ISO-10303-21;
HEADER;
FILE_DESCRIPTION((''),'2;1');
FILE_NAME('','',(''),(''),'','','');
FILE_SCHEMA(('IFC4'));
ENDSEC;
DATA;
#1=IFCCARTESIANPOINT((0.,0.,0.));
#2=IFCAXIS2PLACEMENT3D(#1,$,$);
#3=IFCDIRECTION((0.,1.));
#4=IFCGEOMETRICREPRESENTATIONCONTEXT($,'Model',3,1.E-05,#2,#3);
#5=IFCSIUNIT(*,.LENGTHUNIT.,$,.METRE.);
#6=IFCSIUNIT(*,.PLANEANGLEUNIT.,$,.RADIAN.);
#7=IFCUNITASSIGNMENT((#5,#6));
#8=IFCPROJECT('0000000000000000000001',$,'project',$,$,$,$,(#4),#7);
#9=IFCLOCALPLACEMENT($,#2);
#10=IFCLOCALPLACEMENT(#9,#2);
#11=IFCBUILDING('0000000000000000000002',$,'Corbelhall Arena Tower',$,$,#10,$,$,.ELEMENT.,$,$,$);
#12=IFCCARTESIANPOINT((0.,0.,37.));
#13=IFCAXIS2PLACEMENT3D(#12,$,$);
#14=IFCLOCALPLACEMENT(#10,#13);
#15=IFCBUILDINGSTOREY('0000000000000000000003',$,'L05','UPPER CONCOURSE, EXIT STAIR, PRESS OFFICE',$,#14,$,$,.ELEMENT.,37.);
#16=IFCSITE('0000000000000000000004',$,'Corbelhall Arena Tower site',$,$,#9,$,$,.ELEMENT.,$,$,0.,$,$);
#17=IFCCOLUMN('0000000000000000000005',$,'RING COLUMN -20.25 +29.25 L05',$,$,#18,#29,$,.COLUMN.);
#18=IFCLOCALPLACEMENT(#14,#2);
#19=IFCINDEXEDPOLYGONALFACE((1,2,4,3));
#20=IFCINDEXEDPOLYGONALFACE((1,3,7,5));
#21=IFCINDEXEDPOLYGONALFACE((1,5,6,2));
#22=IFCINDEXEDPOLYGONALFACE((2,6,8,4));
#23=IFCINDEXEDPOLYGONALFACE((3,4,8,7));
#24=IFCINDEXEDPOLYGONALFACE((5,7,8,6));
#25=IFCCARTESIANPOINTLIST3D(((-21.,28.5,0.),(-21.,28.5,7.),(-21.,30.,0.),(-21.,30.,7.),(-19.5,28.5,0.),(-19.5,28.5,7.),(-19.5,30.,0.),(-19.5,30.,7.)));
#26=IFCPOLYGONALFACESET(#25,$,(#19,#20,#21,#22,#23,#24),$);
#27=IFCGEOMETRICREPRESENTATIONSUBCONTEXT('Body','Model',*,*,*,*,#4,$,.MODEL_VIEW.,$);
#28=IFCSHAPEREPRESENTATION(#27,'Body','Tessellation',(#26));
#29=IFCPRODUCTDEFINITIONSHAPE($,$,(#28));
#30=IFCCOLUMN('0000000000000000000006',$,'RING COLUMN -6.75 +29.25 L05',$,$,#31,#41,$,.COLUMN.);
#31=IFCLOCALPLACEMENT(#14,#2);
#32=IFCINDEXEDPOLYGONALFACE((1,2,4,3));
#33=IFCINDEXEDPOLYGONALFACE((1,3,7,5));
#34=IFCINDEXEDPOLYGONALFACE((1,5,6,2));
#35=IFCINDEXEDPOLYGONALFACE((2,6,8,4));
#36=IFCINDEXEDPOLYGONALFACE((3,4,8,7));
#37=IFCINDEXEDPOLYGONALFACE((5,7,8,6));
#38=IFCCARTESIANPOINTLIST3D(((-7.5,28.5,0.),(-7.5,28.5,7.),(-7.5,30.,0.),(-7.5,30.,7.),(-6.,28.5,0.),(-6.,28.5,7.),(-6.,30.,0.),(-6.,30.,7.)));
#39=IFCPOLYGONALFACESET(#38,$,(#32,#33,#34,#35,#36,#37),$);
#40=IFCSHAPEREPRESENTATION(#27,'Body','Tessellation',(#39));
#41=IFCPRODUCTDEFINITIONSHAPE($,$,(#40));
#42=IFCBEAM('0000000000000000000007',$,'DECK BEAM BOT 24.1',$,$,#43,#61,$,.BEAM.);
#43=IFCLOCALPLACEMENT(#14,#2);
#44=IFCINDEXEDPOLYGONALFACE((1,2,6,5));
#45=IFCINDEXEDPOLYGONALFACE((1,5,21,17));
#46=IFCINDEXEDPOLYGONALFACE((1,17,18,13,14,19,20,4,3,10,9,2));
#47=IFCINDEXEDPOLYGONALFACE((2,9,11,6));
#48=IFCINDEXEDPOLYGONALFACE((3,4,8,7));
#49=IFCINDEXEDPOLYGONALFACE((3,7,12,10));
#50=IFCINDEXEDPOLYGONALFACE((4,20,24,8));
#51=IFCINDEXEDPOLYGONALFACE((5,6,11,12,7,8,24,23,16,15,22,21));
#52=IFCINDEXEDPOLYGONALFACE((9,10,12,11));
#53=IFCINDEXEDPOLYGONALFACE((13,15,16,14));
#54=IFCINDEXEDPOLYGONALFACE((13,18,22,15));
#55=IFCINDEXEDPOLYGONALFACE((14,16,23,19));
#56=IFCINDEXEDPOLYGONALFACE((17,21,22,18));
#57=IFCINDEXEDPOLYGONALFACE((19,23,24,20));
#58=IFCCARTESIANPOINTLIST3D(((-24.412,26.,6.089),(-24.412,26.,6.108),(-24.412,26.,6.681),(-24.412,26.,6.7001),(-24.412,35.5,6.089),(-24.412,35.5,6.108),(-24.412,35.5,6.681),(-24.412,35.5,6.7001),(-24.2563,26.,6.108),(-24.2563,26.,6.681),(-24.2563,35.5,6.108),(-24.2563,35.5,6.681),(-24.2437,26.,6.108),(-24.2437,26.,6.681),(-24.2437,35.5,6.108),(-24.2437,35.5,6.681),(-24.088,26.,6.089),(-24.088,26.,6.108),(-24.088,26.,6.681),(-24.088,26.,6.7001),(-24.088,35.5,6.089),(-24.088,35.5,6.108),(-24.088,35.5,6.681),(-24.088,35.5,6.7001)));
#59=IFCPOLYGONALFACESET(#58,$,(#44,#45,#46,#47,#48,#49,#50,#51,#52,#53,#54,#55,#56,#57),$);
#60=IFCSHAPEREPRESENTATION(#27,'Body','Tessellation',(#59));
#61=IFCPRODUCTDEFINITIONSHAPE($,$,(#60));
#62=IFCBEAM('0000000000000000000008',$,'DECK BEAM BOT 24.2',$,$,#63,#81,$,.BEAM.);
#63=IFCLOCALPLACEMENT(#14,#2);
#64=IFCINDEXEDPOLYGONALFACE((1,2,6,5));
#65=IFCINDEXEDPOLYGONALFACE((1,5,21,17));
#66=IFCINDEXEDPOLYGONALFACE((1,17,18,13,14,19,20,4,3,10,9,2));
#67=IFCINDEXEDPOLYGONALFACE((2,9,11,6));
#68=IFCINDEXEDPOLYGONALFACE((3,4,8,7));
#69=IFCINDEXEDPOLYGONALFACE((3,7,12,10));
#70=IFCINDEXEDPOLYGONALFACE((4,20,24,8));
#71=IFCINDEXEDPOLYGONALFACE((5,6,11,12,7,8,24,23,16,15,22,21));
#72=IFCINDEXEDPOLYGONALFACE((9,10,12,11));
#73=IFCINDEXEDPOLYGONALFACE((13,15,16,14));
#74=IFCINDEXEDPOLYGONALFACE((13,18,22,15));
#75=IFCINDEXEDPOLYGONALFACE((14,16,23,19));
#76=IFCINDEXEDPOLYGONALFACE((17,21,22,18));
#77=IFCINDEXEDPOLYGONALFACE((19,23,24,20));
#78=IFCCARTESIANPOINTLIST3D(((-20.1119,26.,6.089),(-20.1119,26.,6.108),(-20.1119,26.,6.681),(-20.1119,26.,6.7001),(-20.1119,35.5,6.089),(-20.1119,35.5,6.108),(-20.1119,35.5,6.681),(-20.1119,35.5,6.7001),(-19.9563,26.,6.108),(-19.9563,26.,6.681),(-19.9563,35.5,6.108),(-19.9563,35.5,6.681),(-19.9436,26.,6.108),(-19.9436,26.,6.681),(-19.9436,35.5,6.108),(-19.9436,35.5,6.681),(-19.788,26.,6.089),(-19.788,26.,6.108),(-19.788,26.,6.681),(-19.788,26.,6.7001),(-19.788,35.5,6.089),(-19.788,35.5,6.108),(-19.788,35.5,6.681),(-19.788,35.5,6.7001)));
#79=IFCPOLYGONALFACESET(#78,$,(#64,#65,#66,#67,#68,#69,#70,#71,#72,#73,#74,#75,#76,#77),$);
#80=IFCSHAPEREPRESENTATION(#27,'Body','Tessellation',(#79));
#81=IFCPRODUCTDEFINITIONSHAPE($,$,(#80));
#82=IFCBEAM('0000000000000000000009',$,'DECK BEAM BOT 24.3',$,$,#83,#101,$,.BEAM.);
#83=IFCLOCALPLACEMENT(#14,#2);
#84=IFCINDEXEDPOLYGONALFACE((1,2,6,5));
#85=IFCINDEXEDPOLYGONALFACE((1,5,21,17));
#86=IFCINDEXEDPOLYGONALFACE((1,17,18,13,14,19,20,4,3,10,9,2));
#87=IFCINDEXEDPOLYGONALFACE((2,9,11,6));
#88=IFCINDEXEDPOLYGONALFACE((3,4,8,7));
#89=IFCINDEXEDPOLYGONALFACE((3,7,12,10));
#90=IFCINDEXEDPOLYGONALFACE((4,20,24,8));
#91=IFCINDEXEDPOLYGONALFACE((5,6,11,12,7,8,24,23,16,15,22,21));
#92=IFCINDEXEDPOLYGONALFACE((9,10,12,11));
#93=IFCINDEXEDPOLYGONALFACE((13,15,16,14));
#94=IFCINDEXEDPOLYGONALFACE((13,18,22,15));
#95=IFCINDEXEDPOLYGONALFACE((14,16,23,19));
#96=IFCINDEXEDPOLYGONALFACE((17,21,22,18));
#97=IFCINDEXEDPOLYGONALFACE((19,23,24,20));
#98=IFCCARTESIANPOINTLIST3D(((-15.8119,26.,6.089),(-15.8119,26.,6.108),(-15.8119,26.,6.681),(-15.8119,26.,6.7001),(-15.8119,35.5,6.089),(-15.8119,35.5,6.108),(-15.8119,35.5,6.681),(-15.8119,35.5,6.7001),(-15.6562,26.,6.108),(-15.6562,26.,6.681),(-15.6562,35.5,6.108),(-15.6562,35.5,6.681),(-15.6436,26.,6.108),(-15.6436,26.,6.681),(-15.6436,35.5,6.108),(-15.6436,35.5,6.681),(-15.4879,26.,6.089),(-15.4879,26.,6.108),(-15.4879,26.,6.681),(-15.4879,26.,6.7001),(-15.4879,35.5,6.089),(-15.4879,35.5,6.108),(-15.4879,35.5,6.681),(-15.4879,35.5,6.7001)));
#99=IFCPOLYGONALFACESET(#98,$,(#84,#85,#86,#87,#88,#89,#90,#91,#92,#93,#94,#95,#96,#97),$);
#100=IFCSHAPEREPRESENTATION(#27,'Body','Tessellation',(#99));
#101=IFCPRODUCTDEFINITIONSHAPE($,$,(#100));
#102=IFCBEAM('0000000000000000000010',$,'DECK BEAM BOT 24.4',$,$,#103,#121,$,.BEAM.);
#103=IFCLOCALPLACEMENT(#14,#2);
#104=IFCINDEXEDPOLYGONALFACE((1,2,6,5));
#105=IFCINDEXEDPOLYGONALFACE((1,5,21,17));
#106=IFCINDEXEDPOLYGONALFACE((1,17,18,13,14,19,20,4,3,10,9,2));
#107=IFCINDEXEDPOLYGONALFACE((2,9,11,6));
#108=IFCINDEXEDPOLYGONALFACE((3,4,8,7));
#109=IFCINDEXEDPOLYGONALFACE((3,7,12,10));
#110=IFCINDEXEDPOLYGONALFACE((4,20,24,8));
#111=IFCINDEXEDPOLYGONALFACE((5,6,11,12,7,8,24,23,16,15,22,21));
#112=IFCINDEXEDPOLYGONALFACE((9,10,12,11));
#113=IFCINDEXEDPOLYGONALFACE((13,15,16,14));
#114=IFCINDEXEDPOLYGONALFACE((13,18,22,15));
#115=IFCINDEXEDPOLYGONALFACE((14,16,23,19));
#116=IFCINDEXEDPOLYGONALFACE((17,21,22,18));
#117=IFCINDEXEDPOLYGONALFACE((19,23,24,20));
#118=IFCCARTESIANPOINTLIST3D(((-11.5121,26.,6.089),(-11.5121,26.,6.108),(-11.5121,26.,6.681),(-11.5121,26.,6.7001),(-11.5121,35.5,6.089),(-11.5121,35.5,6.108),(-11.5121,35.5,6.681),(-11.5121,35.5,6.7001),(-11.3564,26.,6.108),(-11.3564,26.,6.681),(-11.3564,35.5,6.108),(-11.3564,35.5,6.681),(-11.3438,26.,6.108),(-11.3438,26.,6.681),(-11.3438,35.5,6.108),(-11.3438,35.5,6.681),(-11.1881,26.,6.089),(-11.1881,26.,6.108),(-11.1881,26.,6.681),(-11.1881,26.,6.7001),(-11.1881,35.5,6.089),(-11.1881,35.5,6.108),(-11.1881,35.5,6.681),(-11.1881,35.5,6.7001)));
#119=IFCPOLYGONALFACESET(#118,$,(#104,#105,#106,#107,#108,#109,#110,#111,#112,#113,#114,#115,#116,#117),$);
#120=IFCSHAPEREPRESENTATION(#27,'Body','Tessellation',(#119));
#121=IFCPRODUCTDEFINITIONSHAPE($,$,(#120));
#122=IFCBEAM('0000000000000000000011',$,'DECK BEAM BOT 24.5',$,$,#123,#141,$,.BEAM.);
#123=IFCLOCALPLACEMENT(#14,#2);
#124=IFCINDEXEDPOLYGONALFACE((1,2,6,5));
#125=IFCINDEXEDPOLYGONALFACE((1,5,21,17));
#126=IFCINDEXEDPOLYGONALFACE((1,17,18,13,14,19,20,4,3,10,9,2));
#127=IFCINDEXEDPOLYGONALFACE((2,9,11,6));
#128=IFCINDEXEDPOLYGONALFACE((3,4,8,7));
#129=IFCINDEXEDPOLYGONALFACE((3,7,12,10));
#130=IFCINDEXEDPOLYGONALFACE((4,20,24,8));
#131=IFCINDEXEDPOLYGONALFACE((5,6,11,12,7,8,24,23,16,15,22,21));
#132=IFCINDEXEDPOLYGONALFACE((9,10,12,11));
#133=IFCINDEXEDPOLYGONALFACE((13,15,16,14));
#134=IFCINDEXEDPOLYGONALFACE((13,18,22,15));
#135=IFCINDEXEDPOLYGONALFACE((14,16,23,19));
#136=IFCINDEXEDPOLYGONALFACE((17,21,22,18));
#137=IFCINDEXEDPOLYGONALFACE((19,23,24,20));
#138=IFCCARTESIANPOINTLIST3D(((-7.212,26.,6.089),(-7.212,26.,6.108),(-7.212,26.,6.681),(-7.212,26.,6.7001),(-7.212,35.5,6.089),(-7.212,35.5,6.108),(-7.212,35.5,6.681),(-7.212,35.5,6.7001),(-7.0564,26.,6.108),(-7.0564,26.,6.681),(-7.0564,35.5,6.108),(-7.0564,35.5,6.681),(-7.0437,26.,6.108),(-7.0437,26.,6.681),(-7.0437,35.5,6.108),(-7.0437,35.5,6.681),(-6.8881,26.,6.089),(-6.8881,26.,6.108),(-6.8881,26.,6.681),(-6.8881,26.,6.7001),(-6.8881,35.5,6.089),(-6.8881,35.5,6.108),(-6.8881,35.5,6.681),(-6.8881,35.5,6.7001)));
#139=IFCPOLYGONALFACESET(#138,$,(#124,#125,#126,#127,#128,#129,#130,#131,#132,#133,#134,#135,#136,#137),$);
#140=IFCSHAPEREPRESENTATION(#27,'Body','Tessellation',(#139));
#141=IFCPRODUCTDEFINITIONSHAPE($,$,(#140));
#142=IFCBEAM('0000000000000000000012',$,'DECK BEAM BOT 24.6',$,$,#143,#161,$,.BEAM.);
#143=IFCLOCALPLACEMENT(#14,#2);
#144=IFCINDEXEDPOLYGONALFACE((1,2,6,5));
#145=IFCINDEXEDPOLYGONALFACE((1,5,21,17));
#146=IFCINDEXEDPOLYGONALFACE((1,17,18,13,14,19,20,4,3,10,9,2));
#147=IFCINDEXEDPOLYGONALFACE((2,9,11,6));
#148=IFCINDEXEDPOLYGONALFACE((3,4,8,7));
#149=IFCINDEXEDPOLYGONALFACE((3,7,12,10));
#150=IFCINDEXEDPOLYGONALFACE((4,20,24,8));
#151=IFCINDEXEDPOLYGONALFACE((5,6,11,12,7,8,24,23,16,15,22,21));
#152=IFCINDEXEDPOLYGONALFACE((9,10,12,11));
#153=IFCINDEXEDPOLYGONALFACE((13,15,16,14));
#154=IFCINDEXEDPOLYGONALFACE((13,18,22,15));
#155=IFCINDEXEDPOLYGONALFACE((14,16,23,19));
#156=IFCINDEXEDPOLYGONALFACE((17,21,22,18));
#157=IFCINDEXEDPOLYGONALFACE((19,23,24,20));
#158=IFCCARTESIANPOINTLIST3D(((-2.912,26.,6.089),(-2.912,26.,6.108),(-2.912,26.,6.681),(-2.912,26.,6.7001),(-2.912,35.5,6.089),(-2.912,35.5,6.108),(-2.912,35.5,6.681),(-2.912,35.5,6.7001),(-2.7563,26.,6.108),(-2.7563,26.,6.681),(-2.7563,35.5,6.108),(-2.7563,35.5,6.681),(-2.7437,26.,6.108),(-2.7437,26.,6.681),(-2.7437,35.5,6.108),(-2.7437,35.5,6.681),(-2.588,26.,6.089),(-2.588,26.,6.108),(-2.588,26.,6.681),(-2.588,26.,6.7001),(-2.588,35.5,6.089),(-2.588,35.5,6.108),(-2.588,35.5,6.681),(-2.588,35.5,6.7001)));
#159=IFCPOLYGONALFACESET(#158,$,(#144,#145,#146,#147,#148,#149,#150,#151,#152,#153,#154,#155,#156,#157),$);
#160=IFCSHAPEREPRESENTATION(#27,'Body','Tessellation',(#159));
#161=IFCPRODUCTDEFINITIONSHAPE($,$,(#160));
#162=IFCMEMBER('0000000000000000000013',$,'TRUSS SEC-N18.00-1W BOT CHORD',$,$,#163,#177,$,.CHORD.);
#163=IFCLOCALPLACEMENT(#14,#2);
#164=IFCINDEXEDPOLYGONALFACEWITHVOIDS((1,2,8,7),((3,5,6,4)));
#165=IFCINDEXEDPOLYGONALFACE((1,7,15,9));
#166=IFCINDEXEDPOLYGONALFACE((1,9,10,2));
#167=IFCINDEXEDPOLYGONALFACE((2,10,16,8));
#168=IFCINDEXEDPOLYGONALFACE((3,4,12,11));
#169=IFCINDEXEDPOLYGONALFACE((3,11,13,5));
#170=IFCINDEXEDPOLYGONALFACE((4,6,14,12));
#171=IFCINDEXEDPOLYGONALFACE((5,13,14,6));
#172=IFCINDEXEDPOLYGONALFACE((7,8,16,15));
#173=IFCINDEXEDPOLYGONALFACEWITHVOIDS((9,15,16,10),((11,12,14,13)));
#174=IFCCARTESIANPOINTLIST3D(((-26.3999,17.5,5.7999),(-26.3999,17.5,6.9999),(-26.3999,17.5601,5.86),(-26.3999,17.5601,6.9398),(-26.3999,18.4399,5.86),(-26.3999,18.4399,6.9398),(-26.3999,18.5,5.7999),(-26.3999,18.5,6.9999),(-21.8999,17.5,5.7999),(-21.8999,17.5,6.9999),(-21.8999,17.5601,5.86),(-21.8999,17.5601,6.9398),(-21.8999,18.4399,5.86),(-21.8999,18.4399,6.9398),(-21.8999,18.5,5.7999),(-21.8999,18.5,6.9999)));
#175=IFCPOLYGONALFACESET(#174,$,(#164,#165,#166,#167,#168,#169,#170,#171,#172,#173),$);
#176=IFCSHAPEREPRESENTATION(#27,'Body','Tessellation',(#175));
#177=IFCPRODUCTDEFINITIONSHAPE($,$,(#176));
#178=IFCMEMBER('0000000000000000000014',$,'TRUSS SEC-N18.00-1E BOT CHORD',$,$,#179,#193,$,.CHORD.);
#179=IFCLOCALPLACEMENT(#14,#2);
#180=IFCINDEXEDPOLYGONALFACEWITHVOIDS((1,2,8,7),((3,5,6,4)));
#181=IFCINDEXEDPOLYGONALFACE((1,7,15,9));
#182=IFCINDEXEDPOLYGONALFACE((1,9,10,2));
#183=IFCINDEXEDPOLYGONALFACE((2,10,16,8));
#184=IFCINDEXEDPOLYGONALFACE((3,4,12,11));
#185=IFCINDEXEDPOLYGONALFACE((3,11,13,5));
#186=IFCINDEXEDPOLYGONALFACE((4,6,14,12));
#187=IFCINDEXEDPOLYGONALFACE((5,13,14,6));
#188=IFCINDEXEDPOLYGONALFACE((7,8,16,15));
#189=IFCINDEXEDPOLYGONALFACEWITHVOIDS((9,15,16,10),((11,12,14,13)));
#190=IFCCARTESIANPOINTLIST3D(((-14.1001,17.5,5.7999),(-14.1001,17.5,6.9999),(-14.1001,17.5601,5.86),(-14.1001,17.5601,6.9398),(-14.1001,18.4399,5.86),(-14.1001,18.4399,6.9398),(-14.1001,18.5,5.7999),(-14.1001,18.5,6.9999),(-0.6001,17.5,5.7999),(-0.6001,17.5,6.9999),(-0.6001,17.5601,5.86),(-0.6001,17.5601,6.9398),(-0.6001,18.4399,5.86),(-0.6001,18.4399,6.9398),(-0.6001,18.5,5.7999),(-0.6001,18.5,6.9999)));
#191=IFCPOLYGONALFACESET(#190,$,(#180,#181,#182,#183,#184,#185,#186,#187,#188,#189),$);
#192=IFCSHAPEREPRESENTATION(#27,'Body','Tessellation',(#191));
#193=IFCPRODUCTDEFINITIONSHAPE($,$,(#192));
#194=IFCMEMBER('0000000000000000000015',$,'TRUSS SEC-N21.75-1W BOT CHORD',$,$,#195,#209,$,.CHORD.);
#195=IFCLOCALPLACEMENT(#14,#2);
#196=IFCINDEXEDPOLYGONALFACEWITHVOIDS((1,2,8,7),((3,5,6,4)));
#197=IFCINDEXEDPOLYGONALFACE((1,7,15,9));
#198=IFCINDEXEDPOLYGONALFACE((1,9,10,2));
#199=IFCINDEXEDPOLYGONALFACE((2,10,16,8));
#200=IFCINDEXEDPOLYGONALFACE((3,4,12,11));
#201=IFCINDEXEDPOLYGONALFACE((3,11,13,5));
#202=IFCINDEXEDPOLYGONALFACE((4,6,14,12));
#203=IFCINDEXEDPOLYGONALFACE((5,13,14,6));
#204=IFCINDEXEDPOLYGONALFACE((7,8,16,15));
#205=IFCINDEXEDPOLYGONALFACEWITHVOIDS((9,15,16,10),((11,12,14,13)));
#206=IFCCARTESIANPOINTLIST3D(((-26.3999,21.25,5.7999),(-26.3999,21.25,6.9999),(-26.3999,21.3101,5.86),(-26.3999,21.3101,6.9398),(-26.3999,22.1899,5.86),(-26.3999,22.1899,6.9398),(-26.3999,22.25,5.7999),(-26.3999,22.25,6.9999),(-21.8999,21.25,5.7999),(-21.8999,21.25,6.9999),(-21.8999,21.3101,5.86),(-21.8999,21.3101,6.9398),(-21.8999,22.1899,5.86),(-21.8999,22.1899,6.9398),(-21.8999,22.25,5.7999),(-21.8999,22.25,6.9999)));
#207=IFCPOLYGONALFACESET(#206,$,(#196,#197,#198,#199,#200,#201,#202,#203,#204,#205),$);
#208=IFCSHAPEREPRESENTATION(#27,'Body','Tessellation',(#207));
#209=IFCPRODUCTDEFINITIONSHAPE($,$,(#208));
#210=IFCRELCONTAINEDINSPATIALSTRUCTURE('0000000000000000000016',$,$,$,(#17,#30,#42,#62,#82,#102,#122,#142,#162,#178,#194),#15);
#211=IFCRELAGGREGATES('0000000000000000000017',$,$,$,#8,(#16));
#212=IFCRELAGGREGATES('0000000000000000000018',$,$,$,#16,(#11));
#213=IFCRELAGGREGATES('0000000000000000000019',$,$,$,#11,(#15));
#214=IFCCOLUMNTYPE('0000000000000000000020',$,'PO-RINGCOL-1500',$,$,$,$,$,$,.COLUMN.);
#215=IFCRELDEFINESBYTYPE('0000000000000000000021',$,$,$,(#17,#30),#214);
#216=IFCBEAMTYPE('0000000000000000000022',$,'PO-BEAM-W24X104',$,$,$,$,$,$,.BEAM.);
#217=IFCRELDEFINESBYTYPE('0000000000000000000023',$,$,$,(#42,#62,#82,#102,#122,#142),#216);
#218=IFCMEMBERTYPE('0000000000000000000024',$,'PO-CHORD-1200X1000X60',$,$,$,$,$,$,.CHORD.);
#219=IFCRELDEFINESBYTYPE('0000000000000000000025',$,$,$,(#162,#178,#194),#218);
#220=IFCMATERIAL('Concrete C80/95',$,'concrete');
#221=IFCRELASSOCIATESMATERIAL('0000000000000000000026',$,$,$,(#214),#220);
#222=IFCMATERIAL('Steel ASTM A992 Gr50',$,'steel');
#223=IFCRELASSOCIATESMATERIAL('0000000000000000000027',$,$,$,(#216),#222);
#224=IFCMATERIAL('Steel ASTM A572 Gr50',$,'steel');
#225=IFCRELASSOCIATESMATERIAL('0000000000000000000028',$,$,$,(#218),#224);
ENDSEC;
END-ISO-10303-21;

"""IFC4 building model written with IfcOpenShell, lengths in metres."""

from ifc_helpers import new_model, si_unit, direction, frame, origin, origin_2d, place, context, subcontext, project, spatial, rectangle, hollow_rectangle, i_section, extrude, material, material_profile, profile_set, type_object, element, save


model = new_model("IFC4")

# Units and contexts
model_context = context("Model", 3, precision=1e-05, world=origin(), true_north=direction((0.0, 1.0)))
body_context = subcontext(model_context, "Body", "Model", "MODEL_VIEW")
ifc_project = project(units=[si_unit("LENGTHUNIT", "METRE"), si_unit("PLANEANGLEUNIT", "RADIAN")], contexts=[model_context])

# Site, building, storey
site_placement = place(None, origin())
site = spatial("IfcSite", under=ifc_project, at=site_placement, Name="Corbelhall Arena Tower site", CompositionType="ELEMENT", RefElevation=0.0)
building_placement = place(site_placement, origin())
building = spatial("IfcBuilding", under=site, at=building_placement, Name="Corbelhall Arena Tower", CompositionType="ELEMENT")
storey_placement = place(building_placement, frame((0.0, 0.0, 37.0)))
storey = spatial("IfcBuildingStorey", under=building, at=storey_placement, Name="L05", Description="UPPER CONCOURSE, EXIT STAIR, PRESS OFFICE", CompositionType="ELEMENT", Elevation=37.0)

# Columns
ifc_material_1 = material(Name="Concrete C80/95", Category="concrete")
ifc_material_profile_1 = material_profile(ifc_material_1, rectangle(XDim=1.5, YDim=1.5, at=origin_2d()))
ifc_profile_set_1 = profile_set([ifc_material_profile_1], Name="Concrete C80/95")
column_type = type_object("IfcColumnType", Name="PO-RINGCOL-1500", PredefinedType="COLUMN", material=ifc_profile_set_1)
for number, where, z_axis, x_axis, name in (
    (1, (-20.25, 29.25, 0.0), (0.0, 0.0, 1.0), (1.0, 0.0, 0.0), "RING COLUMN -20.25 +29.25 L05"),
    (2, (-6.75, 29.25, 0.0), (0.0, 0.0, 1.0), (1.0, 0.0, 0.0), "RING COLUMN -6.75 +29.25 L05"),
):
    element("IfcColumn", number, at=place(storey_placement, frame(where, z_axis=z_axis, x_axis=x_axis)), inside=storey, type_object=column_type, Name=name, PredefinedType="COLUMN", context=body_context, shape_type="SweptSolid", body=[
        extrude(rectangle(XDim=1.5, YDim=1.5, at=origin_2d()), origin(), (0.0, 0.0, 1.0), 7.0),
    ])

# Beams
ifc_material_2 = material(Name="Steel ASTM A992 Gr50", Category="steel")
ifc_material_profile_2 = material_profile(ifc_material_2, i_section(OverallWidth=0.324, OverallDepth=0.6111, WebThickness=0.0127, FlangeThickness=0.019, at=origin_2d()))
ifc_profile_set_2 = profile_set([ifc_material_profile_2], Name="Steel ASTM A992 Gr50")
beam_type = type_object("IfcBeamType", Name="PO-BEAM-W24X104", PredefinedType="BEAM", material=ifc_profile_set_2)
for number, where, z_axis, x_axis, name in (
    (3, (-24.25, 26.0, 6.3945), (0.0, 1.0, 0.0), (-1.0, 0.0, 0.0), "DECK BEAM BOT 24.1"),
    (4, (-19.95, 26.0, 6.3945), (0.0, 1.0, 0.0), (-1.0, 0.0, 0.0), "DECK BEAM BOT 24.2"),
    (5, (-15.6499, 26.0, 6.3945), (0.0, 1.0, 0.0), (-1.0, 0.0, 0.0), "DECK BEAM BOT 24.3"),
    (6, (-11.3501, 26.0, 6.3945), (0.0, 1.0, 0.0), (-1.0, 0.0, 0.0), "DECK BEAM BOT 24.4"),
    (7, (-7.05, 26.0, 6.3945), (0.0, 1.0, 0.0), (-1.0, 0.0, 0.0), "DECK BEAM BOT 24.5"),
    (8, (-2.75, 26.0, 6.3945), (0.0, 1.0, 0.0), (-1.0, 0.0, 0.0), "DECK BEAM BOT 24.6"),
):
    element("IfcBeam", number, at=place(storey_placement, frame(where, z_axis=z_axis, x_axis=x_axis)), inside=storey, type_object=beam_type, Name=name, PredefinedType="BEAM", context=body_context, shape_type="SweptSolid", body=[
        extrude(i_section(OverallWidth=0.324, OverallDepth=0.6111, WebThickness=0.0127, FlangeThickness=0.019, at=origin_2d()), origin(), (0.0, 0.0, 1.0), 9.5),
    ])

# Members
ifc_material_3 = material(Name="Steel ASTM A572 Gr50", Category="steel")
ifc_material_profile_3 = material_profile(ifc_material_3, hollow_rectangle(XDim=1.0, YDim=1.2, WallThickness=0.0601, at=origin_2d()))
ifc_profile_set_3 = profile_set([ifc_material_profile_3], Name="Steel ASTM A572 Gr50")
member_type = type_object("IfcMemberType", Name="PO-CHORD-1200X1000X60", PredefinedType="CHORD", material=ifc_profile_set_3)
member_1_placement = place(storey_placement, frame((-26.3999, 18.0, 6.3999), z_axis=(1.0, 0.0, 0.0), x_axis=(0.0, 1.0, 0.0)))
element("IfcMember", 9, at=member_1_placement, inside=storey, type_object=member_type, Name="TRUSS SEC-N18.00-1W BOT CHORD", PredefinedType="CHORD", context=body_context, shape_type="SweptSolid", body=[
    extrude(hollow_rectangle(XDim=1.0, YDim=1.2, WallThickness=0.0601, at=origin_2d()), origin(), (0.0, 0.0, 1.0), 4.5),
])
member_2_placement = place(storey_placement, frame((-14.1001, 18.0, 6.3999), z_axis=(1.0, 0.0, 0.0), x_axis=(0.0, 1.0, 0.0)))
element("IfcMember", 10, at=member_2_placement, inside=storey, type_object=member_type, Name="TRUSS SEC-N18.00-1E BOT CHORD", PredefinedType="CHORD", context=body_context, shape_type="SweptSolid", body=[
    extrude(hollow_rectangle(XDim=1.0, YDim=1.2, WallThickness=0.0601, at=origin_2d()), origin(), (0.0, 0.0, 1.0), 13.5),
])
member_3_placement = place(storey_placement, frame((-26.3999, 21.75, 6.3999), z_axis=(1.0, 0.0, 0.0), x_axis=(0.0, 1.0, 0.0)))
element("IfcMember", 11, at=member_3_placement, inside=storey, type_object=member_type, Name="TRUSS SEC-N21.75-1W BOT CHORD", PredefinedType="CHORD", context=body_context, shape_type="SweptSolid", body=[
    extrude(hollow_rectangle(XDim=1.0, YDim=1.2, WallThickness=0.0601, at=origin_2d()), origin(), (0.0, 0.0, 1.0), 4.5),
])

save(model, "model.ifc")
